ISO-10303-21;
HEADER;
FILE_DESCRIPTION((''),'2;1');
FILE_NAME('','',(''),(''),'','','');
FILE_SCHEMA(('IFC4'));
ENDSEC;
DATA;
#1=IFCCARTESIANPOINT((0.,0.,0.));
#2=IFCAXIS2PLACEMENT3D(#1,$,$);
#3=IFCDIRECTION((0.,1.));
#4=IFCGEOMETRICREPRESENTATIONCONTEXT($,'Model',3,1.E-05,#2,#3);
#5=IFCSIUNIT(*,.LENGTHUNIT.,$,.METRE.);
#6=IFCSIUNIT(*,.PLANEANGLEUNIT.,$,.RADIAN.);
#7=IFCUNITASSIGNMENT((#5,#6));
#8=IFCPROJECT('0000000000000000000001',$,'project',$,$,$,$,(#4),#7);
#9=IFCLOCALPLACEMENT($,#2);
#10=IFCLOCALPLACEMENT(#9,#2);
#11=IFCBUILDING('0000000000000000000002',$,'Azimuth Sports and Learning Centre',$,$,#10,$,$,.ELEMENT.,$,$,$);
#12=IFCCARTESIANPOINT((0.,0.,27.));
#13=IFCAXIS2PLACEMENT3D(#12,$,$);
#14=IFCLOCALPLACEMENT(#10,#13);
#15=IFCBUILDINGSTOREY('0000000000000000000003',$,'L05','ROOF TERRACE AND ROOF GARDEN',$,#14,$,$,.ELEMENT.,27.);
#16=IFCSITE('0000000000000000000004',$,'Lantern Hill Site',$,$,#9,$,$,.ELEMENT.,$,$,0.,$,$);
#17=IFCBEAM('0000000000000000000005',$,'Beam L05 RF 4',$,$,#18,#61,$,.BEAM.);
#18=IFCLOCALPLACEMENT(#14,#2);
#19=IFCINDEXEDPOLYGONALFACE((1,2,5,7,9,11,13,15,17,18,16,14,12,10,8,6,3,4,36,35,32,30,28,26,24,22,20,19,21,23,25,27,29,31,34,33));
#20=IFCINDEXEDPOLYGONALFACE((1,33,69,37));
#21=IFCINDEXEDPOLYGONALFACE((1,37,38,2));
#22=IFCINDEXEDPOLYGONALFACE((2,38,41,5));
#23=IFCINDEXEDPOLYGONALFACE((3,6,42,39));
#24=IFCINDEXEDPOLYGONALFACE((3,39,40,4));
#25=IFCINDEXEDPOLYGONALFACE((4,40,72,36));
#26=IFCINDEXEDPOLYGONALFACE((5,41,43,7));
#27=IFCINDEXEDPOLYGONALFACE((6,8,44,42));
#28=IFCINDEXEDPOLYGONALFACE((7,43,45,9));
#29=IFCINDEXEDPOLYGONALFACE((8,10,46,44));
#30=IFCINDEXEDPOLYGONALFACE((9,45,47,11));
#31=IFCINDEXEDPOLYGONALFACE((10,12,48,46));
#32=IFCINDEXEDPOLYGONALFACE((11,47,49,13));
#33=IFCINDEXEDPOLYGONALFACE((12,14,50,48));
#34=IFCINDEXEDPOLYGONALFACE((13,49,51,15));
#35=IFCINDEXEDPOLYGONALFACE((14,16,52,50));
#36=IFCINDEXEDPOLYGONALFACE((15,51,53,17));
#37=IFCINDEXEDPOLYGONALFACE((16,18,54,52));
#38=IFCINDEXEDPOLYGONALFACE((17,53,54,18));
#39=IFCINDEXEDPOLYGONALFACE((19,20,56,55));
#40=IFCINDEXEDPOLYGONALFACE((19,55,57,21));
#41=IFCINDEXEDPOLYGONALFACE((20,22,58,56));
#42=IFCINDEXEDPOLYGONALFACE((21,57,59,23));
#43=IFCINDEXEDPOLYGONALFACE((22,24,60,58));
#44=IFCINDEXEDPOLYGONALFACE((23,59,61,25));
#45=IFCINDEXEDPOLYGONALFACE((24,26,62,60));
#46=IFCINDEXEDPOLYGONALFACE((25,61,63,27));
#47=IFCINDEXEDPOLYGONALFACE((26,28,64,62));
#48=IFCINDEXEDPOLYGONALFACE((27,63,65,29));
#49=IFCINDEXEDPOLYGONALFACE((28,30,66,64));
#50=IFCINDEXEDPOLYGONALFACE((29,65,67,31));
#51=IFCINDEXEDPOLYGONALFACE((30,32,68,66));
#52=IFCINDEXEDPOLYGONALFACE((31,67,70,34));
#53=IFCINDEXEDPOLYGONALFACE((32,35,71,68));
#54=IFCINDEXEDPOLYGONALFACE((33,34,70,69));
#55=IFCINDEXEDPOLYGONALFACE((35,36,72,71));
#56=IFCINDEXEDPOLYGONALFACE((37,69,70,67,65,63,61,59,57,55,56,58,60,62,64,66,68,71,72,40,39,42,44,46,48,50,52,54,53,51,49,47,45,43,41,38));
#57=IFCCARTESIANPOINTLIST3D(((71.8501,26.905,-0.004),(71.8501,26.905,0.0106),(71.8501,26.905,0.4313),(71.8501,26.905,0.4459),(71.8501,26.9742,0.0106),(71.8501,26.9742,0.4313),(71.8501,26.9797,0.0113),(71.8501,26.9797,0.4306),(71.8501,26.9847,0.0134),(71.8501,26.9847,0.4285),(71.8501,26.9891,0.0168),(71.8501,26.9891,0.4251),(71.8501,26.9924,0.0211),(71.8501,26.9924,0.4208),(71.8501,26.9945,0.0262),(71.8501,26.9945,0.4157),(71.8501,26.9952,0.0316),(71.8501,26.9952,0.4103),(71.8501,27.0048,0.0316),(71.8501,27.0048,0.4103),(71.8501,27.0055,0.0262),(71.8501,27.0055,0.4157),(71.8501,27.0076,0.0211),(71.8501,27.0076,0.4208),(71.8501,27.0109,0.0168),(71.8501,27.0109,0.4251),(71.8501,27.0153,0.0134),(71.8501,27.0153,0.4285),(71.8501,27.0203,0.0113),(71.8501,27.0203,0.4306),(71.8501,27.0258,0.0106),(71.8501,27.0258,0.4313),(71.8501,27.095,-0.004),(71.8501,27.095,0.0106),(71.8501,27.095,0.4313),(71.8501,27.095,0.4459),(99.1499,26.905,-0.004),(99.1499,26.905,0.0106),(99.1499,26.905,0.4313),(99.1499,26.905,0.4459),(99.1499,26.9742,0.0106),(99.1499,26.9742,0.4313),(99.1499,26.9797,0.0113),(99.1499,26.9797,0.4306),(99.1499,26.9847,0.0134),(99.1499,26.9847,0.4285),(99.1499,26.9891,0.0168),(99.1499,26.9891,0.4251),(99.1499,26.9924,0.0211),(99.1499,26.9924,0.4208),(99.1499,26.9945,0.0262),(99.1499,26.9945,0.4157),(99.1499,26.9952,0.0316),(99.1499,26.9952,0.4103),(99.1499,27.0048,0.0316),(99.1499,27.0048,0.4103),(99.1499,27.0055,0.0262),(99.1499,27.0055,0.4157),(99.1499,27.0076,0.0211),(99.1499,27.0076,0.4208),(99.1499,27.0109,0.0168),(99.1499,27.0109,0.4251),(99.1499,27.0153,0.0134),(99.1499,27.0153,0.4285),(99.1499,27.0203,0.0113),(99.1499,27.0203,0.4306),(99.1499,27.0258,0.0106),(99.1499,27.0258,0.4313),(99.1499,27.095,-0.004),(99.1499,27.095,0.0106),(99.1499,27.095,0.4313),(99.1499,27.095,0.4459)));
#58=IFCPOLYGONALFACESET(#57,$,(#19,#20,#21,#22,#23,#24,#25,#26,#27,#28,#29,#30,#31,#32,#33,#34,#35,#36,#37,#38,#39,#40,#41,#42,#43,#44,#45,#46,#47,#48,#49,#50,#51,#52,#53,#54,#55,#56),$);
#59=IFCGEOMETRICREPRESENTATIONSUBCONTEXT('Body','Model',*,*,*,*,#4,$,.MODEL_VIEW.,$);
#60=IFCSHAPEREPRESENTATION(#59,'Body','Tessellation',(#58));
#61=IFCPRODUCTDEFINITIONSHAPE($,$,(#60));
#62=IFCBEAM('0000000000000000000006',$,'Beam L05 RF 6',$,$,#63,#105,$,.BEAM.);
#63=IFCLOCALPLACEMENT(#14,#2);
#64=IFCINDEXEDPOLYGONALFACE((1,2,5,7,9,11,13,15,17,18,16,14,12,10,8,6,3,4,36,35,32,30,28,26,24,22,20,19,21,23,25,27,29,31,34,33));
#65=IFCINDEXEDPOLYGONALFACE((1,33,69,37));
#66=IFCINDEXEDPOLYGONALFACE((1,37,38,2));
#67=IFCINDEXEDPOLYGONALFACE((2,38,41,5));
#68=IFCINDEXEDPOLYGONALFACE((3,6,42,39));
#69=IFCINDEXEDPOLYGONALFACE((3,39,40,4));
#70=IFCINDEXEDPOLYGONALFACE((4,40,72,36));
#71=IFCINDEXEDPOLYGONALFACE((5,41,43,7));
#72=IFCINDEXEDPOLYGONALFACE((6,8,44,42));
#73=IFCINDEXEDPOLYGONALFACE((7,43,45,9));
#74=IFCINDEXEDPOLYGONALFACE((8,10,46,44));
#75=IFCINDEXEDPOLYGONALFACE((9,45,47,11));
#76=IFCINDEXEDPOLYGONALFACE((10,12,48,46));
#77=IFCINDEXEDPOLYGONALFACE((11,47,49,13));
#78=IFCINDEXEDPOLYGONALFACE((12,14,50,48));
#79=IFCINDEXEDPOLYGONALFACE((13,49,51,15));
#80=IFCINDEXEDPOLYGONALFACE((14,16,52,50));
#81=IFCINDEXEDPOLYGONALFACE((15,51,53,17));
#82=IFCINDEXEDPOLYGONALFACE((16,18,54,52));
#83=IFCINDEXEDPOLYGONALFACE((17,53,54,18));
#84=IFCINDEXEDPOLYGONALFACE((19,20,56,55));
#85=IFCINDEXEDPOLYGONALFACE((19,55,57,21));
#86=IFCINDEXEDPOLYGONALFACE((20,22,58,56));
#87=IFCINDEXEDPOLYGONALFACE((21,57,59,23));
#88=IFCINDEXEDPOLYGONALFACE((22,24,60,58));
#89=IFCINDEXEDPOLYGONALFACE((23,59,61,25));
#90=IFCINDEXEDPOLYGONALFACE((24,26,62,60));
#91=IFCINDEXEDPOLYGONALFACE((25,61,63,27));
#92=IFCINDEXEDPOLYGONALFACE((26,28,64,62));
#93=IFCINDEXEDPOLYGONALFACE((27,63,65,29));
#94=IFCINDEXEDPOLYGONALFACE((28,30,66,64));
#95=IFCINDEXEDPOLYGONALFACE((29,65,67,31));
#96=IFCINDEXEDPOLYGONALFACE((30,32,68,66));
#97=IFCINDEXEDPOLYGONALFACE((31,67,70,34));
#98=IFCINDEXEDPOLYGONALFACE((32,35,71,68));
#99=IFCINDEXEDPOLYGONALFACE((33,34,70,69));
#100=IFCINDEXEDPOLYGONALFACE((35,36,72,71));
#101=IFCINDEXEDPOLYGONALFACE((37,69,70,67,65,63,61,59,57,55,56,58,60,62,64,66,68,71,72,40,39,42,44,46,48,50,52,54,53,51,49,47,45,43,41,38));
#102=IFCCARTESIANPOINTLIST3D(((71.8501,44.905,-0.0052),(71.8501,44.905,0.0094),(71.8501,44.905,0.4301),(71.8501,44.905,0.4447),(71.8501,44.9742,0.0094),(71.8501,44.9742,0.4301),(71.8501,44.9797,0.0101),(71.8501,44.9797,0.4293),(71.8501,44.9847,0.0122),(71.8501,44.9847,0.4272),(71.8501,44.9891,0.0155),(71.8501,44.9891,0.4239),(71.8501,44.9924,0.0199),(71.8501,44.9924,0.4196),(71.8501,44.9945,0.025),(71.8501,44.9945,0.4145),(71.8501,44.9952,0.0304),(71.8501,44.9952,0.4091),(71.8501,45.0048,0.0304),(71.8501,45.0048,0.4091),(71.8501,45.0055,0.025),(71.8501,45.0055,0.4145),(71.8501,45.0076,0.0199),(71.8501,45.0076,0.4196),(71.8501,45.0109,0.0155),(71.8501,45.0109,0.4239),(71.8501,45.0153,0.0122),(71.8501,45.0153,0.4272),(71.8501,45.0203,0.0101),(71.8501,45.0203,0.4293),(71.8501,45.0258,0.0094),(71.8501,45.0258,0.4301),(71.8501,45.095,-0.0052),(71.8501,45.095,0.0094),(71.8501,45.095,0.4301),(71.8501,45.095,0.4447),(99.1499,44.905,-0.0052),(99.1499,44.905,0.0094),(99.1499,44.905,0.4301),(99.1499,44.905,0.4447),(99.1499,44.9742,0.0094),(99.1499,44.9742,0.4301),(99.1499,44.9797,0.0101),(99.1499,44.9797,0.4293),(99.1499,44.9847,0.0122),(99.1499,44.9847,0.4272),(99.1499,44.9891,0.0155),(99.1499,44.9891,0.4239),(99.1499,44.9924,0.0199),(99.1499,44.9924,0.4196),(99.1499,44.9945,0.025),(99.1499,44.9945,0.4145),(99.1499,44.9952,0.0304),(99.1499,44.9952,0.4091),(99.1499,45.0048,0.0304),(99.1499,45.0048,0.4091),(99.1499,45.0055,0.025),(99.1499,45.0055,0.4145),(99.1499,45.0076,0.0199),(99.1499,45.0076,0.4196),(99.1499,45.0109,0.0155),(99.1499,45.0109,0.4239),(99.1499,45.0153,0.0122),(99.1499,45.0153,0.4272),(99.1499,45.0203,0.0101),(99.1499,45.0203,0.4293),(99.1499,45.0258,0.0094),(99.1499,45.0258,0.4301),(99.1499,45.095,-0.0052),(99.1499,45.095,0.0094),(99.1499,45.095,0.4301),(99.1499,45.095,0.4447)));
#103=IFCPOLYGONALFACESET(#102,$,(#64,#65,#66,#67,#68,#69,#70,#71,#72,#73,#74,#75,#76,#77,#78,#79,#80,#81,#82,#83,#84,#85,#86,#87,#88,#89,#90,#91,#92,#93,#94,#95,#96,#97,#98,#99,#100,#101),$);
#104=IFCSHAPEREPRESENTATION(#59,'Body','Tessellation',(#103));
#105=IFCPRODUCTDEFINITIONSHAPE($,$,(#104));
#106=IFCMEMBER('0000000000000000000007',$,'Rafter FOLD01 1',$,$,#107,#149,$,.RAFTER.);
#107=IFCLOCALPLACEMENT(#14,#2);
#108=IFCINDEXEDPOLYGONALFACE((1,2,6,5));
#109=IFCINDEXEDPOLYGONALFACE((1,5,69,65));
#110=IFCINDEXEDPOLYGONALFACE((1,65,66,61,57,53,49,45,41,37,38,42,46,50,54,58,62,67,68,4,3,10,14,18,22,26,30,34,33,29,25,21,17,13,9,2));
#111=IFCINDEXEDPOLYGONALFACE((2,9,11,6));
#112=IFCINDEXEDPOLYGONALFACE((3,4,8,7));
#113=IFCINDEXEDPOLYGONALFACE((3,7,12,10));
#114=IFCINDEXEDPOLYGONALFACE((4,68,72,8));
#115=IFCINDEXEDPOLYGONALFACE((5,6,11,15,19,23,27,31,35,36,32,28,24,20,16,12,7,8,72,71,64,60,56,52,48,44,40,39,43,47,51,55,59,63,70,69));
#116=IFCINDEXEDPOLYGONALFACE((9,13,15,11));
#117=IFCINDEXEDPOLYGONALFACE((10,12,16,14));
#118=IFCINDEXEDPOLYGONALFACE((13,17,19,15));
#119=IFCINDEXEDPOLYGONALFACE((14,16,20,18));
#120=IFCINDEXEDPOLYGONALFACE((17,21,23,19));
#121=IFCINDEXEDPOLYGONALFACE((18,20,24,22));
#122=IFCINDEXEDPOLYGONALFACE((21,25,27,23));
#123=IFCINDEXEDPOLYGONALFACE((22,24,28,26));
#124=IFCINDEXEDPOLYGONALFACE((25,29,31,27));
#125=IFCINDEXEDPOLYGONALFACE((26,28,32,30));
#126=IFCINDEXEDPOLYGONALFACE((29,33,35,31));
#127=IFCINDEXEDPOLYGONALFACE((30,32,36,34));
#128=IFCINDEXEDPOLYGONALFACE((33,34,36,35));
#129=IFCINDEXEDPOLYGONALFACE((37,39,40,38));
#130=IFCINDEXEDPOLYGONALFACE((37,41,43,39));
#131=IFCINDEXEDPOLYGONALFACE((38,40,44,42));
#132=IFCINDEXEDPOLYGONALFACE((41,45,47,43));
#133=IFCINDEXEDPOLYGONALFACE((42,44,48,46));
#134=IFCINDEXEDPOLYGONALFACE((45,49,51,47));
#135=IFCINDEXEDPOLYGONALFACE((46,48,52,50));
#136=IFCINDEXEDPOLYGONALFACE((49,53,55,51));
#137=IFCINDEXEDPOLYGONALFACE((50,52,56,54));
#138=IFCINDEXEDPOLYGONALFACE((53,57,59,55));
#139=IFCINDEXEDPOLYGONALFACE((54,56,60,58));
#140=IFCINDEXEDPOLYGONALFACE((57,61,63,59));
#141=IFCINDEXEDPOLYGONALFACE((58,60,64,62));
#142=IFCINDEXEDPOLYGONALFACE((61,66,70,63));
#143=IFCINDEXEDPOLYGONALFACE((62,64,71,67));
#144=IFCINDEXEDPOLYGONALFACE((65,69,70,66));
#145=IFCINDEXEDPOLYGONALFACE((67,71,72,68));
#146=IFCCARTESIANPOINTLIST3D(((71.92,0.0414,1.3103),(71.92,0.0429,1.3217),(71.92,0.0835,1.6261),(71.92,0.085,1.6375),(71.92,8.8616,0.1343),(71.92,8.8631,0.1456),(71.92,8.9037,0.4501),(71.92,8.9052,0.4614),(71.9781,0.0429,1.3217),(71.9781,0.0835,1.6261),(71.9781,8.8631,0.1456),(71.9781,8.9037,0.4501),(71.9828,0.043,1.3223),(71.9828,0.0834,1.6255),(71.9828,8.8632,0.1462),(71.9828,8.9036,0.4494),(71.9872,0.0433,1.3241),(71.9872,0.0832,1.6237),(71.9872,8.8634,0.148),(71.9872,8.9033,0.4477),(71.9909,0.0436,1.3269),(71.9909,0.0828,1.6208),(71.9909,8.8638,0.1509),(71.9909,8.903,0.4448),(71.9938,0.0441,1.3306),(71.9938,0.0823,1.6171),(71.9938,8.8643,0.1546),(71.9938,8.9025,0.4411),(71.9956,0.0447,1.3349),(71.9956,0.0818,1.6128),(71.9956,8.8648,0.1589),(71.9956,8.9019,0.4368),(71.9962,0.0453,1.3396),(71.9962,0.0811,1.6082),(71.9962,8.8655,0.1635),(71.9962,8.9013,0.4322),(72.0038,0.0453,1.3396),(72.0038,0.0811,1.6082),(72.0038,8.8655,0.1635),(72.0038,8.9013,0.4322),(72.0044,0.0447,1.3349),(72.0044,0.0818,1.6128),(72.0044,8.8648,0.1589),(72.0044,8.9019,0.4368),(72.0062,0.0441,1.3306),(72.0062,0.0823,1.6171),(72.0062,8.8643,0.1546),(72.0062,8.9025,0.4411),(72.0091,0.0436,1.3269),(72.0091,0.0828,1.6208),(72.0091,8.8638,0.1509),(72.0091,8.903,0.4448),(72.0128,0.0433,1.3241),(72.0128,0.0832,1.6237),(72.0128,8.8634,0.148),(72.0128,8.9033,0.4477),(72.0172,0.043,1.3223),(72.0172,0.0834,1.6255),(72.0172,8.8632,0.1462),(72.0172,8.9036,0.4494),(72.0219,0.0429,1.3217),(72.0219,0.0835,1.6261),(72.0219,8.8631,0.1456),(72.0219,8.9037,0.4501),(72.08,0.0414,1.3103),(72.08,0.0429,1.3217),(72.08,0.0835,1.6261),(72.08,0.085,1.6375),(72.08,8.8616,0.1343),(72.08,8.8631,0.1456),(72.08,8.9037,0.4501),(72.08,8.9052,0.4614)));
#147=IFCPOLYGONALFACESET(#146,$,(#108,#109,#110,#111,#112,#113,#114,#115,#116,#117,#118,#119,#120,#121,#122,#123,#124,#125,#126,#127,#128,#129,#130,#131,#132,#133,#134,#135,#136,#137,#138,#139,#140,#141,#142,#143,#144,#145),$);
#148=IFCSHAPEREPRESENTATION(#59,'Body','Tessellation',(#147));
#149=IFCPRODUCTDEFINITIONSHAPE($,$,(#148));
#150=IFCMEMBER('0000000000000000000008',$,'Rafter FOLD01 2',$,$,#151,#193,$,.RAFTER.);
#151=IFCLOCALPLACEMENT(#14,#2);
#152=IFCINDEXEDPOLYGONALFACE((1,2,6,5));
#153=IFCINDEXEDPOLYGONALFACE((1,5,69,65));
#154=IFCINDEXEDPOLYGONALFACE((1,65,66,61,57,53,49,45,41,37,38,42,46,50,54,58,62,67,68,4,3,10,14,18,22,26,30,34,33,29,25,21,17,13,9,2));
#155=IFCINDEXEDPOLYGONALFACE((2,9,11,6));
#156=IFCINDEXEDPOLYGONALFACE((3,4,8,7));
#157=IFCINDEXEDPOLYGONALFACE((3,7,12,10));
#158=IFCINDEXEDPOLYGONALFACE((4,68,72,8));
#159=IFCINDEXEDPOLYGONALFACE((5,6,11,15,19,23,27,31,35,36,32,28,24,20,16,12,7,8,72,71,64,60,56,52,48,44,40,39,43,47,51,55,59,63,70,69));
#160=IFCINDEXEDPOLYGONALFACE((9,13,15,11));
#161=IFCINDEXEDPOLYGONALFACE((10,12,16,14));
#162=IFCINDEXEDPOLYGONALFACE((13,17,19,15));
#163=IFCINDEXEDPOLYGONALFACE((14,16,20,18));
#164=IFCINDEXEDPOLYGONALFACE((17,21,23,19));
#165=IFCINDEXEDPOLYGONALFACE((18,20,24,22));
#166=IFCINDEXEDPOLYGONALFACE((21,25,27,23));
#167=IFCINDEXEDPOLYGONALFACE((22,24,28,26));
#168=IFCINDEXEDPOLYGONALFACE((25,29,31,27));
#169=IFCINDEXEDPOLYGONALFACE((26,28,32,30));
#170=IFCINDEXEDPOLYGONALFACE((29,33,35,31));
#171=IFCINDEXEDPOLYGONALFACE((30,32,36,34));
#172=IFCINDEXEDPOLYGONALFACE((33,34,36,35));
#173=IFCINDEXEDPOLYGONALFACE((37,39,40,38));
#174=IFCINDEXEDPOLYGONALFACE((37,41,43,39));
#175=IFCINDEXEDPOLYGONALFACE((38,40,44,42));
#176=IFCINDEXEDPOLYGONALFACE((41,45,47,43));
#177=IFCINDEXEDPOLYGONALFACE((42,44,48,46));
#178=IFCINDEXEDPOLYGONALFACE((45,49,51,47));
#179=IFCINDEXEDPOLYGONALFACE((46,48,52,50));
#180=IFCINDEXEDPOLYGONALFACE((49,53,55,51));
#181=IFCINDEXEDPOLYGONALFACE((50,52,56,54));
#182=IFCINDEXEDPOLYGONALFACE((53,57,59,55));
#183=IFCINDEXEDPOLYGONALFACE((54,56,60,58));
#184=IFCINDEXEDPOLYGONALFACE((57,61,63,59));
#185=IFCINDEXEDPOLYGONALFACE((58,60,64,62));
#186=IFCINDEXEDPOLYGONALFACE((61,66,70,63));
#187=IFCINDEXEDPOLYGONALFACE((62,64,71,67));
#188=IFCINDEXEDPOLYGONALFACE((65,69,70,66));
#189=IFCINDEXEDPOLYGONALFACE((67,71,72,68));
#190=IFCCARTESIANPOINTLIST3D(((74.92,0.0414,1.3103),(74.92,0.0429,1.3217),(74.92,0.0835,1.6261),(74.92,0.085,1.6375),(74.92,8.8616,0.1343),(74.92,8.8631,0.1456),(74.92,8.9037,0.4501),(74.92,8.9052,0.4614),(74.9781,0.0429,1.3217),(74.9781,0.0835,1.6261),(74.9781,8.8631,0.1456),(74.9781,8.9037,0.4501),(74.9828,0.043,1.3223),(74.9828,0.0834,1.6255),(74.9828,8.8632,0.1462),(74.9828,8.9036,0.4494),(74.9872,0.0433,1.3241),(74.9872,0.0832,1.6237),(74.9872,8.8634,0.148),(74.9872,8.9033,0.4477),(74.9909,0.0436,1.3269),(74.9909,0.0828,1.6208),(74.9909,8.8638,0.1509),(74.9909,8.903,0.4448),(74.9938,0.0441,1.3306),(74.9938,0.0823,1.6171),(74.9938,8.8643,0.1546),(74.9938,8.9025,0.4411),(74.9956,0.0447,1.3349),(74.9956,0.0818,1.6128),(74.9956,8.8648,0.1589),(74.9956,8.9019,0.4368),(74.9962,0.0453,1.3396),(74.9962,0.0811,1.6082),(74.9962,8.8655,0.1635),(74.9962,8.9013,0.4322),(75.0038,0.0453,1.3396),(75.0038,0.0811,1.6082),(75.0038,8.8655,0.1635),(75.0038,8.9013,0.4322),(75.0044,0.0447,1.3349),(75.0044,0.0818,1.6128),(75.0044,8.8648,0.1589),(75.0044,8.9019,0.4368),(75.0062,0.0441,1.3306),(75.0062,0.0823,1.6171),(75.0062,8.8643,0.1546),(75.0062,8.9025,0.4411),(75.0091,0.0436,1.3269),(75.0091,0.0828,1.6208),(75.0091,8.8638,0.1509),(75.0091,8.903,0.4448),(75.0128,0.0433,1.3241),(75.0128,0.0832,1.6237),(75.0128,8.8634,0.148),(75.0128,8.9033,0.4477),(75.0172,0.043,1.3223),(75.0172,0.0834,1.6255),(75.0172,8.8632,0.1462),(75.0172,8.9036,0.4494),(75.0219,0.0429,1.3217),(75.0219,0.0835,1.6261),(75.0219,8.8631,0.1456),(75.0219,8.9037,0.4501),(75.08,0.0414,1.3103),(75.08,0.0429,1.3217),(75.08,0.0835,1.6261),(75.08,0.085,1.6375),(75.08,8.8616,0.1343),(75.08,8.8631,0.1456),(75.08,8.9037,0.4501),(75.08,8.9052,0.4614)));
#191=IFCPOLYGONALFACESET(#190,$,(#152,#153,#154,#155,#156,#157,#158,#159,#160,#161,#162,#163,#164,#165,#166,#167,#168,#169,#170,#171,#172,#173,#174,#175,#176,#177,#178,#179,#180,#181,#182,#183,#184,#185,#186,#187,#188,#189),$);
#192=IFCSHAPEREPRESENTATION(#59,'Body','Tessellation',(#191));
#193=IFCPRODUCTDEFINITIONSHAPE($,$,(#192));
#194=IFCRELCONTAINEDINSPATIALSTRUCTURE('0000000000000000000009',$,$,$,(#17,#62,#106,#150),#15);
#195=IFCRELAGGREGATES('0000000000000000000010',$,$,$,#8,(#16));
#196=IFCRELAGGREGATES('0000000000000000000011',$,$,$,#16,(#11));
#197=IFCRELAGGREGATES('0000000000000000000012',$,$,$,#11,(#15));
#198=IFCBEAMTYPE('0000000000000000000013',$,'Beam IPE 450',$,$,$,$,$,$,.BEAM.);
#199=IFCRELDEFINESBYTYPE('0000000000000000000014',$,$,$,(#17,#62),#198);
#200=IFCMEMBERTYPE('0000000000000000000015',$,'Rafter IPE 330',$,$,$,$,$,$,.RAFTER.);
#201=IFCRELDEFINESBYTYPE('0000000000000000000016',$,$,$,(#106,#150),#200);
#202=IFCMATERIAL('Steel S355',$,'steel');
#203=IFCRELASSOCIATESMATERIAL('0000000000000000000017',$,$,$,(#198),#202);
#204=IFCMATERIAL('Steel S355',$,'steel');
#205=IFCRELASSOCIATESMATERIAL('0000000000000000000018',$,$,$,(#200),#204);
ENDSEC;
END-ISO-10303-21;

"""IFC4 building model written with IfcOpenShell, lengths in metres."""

from ifc_helpers import new_model, si_unit, direction, frame, origin, origin_2d, place, context, subcontext, project, spatial, i_section, extrude, material, material_profile, profile_set, type_object, element, save


model = new_model("IFC4")

# Units and contexts
model_context = context("Model", 3, precision=1e-05, world=origin(), true_north=direction((0.0, 1.0)))
body_context = subcontext(model_context, "Body", "Model", "MODEL_VIEW")
ifc_project = project(units=[si_unit("LENGTHUNIT", "METRE"), si_unit("PLANEANGLEUNIT", "RADIAN")], contexts=[model_context])

# Site, building, storey
site_placement = place(None, origin())
site = spatial("IfcSite", under=ifc_project, at=site_placement, Name="Lantern Hill Site", CompositionType="ELEMENT", RefElevation=0.0)
building_placement = place(site_placement, origin())
building = spatial("IfcBuilding", under=site, at=building_placement, Name="Azimuth Sports and Learning Centre", CompositionType="ELEMENT")
storey_placement = place(building_placement, frame((0.0, 0.0, 27.0)))
storey = spatial("IfcBuildingStorey", under=building, at=storey_placement, Name="L05", Description="ROOF TERRACE AND ROOF GARDEN", CompositionType="ELEMENT", Elevation=27.0)

# Beams
ifc_material_1 = material(Name="Steel S355", Category="steel")
ifc_material_profile_1 = material_profile(ifc_material_1, i_section(OverallWidth=0.1899, OverallDepth=0.45, WebThickness=0.0095, FlangeThickness=0.0146, FilletRadius=0.021, at=origin_2d()), Name="IPE 450")
ifc_profile_set_1 = profile_set([ifc_material_profile_1], Name="Steel S355")
beam_type_1 = type_object("IfcBeamType", Name="Beam IPE 450", PredefinedType="BEAM", material=ifc_profile_set_1)
for number, where, z_axis, x_axis, name in (
    (1, (71.8501, 27.0, 0.2209), (1.0, 0.0, 0.0), (0.0, 1.0, 0.0), "Beam L05 RF 4"),
    (2, (71.8501, 45.0, 0.2197), (1.0, 0.0, 0.0), (0.0, 1.0, 0.0), "Beam L05 RF 6"),
):
    element("IfcBeam", number, at=place(storey_placement, frame(where, z_axis=z_axis, x_axis=x_axis)), inside=storey, type_object=beam_type_1, Name=name, PredefinedType="BEAM", context=body_context, shape_type="SweptSolid", body=[
        extrude(i_section(OverallWidth=0.1899, OverallDepth=0.45, WebThickness=0.0095, FlangeThickness=0.0146, FilletRadius=0.021, at=origin_2d()), origin(), (0.0, 0.0, 1.0), 27.2998),
    ])

# Members
ifc_material_2 = material(Name="Steel S355", Category="steel")
ifc_material_profile_2 = material_profile(ifc_material_2, i_section(OverallWidth=0.1599, OverallDepth=0.3301, WebThickness=0.0076, FlangeThickness=0.0115, FilletRadius=0.0181, at=origin_2d()), Name="IPE 330")
ifc_profile_set_2 = profile_set([ifc_material_profile_2], Name="Steel S355")
member_type_1 = type_object("IfcMemberType", Name="Rafter IPE 330", PredefinedType="RAFTER", material=ifc_profile_set_2)
for number, where, z_axis, x_axis, name in (
    (3, (72.0, 0.0632, 1.4739), (0.0, 0.991228, -0.132166), (-1.0, 0.0, 0.0), "Rafter FOLD01 1"),
    (4, (75.0, 0.0632, 1.4739), (0.0, 0.991228, -0.132166), (-1.0, 0.0, 0.0), "Rafter FOLD01 2"),
):
    element("IfcMember", number, at=place(storey_placement, frame(where, z_axis=z_axis, x_axis=x_axis)), inside=storey, type_object=member_type_1, Name=name, PredefinedType="RAFTER", context=body_context, shape_type="SweptSolid", body=[
        extrude(i_section(OverallWidth=0.1599, OverallDepth=0.3301, WebThickness=0.0076, FlangeThickness=0.0115, FilletRadius=0.0181, at=origin_2d()), origin(), (0.0, 0.0, 1.0), 8.8982),
    ])

save(model, "model.ifc")
